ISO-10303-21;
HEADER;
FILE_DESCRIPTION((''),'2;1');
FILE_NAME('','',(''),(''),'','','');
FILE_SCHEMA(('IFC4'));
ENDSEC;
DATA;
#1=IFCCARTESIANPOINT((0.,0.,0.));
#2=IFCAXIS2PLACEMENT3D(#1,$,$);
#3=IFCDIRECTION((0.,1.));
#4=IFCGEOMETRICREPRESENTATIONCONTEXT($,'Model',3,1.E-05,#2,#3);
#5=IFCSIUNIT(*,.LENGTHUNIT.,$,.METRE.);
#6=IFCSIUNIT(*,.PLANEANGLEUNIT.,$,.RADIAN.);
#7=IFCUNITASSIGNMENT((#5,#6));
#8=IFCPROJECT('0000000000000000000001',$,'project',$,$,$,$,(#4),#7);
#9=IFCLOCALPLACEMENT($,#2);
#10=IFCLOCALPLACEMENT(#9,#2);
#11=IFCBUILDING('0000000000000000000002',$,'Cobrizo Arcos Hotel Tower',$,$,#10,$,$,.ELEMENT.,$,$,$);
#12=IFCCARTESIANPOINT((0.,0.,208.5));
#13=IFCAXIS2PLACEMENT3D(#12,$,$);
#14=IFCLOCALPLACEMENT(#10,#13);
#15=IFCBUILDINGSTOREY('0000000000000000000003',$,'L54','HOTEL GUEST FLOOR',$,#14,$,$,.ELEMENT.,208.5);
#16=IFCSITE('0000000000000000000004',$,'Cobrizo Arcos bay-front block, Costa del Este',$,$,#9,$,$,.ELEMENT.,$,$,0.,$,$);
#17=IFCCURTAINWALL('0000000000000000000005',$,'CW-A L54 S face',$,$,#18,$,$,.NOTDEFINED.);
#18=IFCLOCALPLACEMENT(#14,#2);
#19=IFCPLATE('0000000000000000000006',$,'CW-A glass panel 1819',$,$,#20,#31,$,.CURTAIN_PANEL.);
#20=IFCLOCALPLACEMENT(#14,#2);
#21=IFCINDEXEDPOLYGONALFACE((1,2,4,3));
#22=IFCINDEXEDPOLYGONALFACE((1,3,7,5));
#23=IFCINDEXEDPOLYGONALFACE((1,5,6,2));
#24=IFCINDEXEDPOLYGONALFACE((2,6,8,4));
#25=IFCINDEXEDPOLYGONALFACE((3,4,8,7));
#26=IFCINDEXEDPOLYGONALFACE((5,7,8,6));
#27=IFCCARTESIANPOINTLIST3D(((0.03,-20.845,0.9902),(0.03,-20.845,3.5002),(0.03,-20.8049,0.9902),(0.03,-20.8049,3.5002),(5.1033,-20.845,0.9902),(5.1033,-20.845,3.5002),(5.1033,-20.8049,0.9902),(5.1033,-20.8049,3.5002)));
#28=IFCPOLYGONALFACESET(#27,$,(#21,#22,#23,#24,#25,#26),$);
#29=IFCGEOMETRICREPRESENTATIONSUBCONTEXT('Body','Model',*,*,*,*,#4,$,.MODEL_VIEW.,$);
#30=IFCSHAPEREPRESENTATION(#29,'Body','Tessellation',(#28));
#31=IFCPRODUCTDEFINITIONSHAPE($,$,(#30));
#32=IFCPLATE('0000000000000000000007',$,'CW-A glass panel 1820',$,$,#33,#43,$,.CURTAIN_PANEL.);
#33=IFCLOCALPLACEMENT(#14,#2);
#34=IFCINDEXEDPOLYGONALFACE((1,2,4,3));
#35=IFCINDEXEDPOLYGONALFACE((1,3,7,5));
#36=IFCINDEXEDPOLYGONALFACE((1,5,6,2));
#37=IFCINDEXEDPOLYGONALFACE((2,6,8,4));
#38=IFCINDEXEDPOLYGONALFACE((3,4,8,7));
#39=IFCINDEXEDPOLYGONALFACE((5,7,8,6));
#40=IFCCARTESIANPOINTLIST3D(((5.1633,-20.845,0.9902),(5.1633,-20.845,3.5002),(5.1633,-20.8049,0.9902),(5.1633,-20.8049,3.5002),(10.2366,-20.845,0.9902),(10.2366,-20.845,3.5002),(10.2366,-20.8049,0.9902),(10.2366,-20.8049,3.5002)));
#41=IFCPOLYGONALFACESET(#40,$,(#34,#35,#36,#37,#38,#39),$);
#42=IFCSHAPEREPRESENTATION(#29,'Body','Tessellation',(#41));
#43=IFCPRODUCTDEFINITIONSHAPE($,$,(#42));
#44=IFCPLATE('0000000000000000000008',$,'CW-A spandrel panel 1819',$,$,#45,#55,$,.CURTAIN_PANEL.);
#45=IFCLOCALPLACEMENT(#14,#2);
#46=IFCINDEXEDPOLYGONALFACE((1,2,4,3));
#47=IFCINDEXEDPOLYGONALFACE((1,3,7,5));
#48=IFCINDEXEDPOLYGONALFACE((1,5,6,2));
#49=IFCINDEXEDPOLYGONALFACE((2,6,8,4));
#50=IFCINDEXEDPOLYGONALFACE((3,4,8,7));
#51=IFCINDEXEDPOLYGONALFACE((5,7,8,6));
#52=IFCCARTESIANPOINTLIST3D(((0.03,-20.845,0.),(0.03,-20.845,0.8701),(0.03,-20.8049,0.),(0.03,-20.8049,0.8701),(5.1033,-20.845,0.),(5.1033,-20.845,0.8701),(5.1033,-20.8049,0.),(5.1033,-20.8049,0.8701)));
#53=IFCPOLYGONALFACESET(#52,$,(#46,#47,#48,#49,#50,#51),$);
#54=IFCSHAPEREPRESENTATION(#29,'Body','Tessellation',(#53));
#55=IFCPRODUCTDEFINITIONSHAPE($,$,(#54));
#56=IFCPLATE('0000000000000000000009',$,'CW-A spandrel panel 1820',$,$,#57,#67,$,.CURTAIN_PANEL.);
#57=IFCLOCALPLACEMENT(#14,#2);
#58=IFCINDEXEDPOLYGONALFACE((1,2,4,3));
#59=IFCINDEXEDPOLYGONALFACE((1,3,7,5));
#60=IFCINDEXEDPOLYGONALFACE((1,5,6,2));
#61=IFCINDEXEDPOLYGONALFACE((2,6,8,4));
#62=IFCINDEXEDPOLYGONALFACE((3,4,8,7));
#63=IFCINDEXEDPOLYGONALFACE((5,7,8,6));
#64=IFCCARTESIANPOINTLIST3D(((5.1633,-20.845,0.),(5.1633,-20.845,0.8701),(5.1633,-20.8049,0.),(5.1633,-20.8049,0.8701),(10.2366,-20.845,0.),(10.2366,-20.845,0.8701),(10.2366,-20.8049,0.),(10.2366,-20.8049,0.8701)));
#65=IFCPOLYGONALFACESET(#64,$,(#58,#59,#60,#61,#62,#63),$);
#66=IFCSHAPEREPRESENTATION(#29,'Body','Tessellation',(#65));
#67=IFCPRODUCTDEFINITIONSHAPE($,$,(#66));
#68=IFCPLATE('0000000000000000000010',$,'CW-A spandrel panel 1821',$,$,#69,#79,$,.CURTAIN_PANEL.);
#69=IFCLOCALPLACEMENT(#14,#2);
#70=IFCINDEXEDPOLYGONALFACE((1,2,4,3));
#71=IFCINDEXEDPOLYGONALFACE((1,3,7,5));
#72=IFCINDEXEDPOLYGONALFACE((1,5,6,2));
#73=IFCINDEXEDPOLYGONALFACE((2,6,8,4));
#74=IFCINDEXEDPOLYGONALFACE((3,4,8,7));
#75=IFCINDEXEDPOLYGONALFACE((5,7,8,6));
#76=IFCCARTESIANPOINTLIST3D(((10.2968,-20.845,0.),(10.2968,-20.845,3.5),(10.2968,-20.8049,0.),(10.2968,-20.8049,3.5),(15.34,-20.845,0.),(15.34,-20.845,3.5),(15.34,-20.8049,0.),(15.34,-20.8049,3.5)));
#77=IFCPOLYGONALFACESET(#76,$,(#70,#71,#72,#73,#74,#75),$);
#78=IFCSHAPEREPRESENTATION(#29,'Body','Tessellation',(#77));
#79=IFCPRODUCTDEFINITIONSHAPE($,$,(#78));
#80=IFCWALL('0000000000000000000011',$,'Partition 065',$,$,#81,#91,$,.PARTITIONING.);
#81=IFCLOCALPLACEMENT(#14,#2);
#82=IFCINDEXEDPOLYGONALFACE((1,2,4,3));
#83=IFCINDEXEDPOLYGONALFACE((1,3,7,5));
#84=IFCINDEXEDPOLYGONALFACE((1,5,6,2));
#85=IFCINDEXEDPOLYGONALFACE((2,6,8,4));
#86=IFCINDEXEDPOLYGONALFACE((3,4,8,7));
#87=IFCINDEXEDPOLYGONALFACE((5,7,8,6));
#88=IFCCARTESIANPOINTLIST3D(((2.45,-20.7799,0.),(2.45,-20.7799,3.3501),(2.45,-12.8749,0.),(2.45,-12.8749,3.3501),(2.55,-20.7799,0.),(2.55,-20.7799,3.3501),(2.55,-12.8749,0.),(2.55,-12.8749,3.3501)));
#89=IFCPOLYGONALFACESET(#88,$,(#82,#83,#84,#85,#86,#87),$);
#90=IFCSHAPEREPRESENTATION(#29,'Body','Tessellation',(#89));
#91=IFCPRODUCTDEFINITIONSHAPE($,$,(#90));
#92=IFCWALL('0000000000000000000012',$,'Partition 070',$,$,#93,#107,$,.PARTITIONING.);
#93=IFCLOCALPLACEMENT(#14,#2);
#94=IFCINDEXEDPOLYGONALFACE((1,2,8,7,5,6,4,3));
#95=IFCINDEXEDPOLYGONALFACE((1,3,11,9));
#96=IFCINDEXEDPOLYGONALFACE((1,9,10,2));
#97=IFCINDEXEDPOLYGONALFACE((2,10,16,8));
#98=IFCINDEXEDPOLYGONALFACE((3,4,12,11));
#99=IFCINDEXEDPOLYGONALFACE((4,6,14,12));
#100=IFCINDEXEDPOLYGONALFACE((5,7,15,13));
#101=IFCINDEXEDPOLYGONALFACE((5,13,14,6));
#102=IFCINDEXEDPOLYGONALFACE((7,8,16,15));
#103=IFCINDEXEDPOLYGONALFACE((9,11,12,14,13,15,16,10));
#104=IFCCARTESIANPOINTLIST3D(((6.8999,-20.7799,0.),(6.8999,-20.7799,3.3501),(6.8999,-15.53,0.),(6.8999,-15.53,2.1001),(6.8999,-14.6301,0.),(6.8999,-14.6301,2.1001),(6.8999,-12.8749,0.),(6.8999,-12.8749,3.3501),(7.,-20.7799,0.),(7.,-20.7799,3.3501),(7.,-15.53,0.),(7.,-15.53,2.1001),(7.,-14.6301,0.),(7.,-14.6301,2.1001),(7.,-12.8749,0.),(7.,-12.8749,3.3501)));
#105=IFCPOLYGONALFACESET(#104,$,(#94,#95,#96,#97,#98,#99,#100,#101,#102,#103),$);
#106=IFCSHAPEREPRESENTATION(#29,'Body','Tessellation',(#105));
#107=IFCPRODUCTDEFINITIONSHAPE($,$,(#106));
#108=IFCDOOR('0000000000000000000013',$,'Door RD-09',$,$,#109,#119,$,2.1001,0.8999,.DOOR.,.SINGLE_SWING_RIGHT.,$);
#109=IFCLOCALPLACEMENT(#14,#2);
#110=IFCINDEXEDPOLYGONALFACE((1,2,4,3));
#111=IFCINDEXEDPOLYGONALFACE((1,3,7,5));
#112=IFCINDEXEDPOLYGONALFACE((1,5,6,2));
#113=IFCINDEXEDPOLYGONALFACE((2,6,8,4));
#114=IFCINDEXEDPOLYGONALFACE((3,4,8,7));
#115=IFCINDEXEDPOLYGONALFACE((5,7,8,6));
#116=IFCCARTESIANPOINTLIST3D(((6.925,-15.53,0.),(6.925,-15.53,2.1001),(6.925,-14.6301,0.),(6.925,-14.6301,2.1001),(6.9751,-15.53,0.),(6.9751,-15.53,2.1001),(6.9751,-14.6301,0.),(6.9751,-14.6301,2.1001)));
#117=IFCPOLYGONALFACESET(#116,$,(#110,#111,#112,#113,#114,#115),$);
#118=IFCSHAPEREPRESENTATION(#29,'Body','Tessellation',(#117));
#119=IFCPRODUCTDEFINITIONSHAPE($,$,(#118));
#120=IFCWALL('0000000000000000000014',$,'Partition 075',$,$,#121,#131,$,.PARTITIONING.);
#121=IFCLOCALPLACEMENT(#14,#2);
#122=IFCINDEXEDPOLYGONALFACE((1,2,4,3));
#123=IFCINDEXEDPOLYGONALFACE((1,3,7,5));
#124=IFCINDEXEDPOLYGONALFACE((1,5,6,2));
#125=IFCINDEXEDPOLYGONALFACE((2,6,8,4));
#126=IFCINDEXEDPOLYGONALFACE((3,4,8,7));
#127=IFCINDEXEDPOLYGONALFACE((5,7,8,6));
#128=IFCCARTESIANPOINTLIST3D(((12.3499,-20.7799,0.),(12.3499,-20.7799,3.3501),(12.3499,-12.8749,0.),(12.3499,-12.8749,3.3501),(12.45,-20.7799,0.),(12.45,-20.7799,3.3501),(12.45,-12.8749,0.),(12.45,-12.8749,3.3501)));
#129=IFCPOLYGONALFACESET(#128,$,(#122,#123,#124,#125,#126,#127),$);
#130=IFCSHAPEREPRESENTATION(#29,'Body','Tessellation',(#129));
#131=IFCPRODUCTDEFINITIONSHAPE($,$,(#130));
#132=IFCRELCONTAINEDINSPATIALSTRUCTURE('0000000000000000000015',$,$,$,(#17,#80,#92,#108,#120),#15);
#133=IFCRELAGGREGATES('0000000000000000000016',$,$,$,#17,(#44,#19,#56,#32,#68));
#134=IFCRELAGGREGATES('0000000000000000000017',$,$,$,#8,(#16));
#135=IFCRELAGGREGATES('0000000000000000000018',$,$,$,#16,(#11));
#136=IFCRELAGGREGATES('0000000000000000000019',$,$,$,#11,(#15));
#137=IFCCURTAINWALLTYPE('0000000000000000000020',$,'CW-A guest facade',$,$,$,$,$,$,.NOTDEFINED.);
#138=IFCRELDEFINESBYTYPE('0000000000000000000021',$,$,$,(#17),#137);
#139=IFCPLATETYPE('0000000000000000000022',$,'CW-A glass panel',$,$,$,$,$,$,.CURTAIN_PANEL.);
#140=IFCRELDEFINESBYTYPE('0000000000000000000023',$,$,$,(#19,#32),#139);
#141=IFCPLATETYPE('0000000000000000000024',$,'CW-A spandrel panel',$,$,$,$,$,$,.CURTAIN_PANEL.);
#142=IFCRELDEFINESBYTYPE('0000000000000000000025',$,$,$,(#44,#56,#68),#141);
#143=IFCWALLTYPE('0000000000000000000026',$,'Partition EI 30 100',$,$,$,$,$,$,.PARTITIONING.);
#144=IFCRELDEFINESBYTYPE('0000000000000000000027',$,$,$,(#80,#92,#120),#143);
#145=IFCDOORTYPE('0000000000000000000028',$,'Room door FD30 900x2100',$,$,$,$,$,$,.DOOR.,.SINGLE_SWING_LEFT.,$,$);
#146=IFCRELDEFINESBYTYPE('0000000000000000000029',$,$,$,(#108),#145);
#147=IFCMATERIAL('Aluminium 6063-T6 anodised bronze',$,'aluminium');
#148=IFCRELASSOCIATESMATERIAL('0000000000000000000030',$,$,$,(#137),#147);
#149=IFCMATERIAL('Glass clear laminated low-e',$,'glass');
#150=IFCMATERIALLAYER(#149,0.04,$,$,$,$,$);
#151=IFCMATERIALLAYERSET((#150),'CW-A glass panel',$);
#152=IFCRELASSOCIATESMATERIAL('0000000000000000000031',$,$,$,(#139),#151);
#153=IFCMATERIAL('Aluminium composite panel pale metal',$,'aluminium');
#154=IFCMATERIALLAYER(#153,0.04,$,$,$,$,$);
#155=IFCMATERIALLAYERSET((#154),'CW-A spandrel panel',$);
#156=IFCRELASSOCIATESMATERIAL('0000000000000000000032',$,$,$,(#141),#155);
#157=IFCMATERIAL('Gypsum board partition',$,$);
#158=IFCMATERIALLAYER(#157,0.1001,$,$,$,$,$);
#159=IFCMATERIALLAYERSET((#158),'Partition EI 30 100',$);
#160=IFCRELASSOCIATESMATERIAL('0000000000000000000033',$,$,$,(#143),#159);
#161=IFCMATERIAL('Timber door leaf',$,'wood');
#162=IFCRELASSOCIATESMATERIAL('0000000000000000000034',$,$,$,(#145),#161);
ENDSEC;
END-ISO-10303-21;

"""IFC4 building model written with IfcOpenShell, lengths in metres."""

from ifc_helpers import new_model, si_unit, direction, frame, frame_2d, origin, origin_2d, place, context, subcontext, project, spatial, rectangle, extrude, material, layer, layer_set, type_object, element, fill, aggregate, save


model = new_model("IFC4")

# Units and contexts
model_context = context("Model", 3, precision=1e-05, world=origin(), true_north=direction((0.0, 1.0)))
body_context = subcontext(model_context, "Body", "Model", "MODEL_VIEW")
ifc_project = project(units=[si_unit("LENGTHUNIT", "METRE"), si_unit("PLANEANGLEUNIT", "RADIAN")], contexts=[model_context])

# Site, building, storey
site_placement = place(None, origin())
site = spatial("IfcSite", under=ifc_project, at=site_placement, Name="Cobrizo Arcos bay-front block, Costa del Este", CompositionType="ELEMENT", RefElevation=0.0)
building_placement = place(site_placement, origin())
building = spatial("IfcBuilding", under=site, at=building_placement, Name="Cobrizo Arcos Hotel Tower", CompositionType="ELEMENT")
storey_placement = place(building_placement, frame((0.0, 0.0, 208.5)))
storey = spatial("IfcBuildingStorey", under=building, at=storey_placement, Name="L54", Description="HOTEL GUEST FLOOR", CompositionType="ELEMENT", Elevation=208.5)

# Curtain wall
ifc_material_1 = material(Name="Aluminium 6063-T6 anodised bronze", Category="aluminium")
curtain_wall_type = type_object("IfcCurtainWallType", Name="CW-A guest facade", PredefinedType="NOTDEFINED", material=ifc_material_1)
curtain_wall_placement = place(storey_placement, origin())
curtain_wall = element("IfcCurtainWall", 1, at=curtain_wall_placement, inside=storey, type_object=curtain_wall_type, Name="CW-A L54 S face", PredefinedType="NOTDEFINED")

# Plates
ifc_material_2 = material(Name="Glass clear laminated low-e", Category="glass")
ifc_layer_1 = layer(ifc_material_2, 0.04)
ifc_layer_set_1 = layer_set([ifc_layer_1], Name="CW-A glass panel")
plate_type_1 = type_object("IfcPlateType", Name="CW-A glass panel", PredefinedType="CURTAIN_PANEL", material=ifc_layer_set_1)
plate_1_placement = place(storey_placement, frame((2.5667, -20.825, 0.9902), z_axis=(0.0, 0.0, 1.0), x_axis=(1.0, 0.0, 0.0)))
plate_1 = element("IfcPlate", 2, at=plate_1_placement, type_object=plate_type_1, Name="CW-A glass panel 1819", PredefinedType="CURTAIN_PANEL", context=body_context, shape_type="SweptSolid", body=[
    extrude(rectangle(XDim=5.0732, YDim=0.04, at=origin_2d()), origin(), (0.0, 0.0, 1.0), 2.51),
])
plate_2_placement = place(storey_placement, frame((7.7, -20.825, 0.9902), z_axis=(0.0, 0.0, 1.0), x_axis=(1.0, 0.0, 0.0)))
plate_2 = element("IfcPlate", 3, at=plate_2_placement, type_object=plate_type_1, Name="CW-A glass panel 1820", PredefinedType="CURTAIN_PANEL", context=body_context, shape_type="SweptSolid", body=[
    extrude(rectangle(XDim=5.0732, YDim=0.04, at=origin_2d()), origin(), (0.0, 0.0, 1.0), 2.51),
])
ifc_material_3 = material(Name="Aluminium composite panel pale metal", Category="aluminium")
ifc_layer_2 = layer(ifc_material_3, 0.04)
ifc_layer_set_2 = layer_set([ifc_layer_2], Name="CW-A spandrel panel")
plate_type_2 = type_object("IfcPlateType", Name="CW-A spandrel panel", PredefinedType="CURTAIN_PANEL", material=ifc_layer_set_2)
plate_3_placement = place(storey_placement, frame((2.5667, -20.825, 0.0), z_axis=(0.0, 0.0, 1.0), x_axis=(1.0, 0.0, 0.0)))
plate_3 = element("IfcPlate", 4, at=plate_3_placement, type_object=plate_type_2, Name="CW-A spandrel panel 1819", PredefinedType="CURTAIN_PANEL", context=body_context, shape_type="SweptSolid", body=[
    extrude(rectangle(XDim=5.0732, YDim=0.04, at=origin_2d()), origin(), (0.0, 0.0, 1.0), 0.8701),
])
plate_4_placement = place(storey_placement, frame((7.7, -20.825, 0.0), z_axis=(0.0, 0.0, 1.0), x_axis=(1.0, 0.0, 0.0)))
plate_4 = element("IfcPlate", 5, at=plate_4_placement, type_object=plate_type_2, Name="CW-A spandrel panel 1820", PredefinedType="CURTAIN_PANEL", context=body_context, shape_type="SweptSolid", body=[
    extrude(rectangle(XDim=5.0732, YDim=0.04, at=origin_2d()), origin(), (0.0, 0.0, 1.0), 0.8701),
])
plate_5_placement = place(storey_placement, frame((12.8184, -20.825, 0.0), z_axis=(0.0, 0.0, 1.0), x_axis=(1.0, 0.0, 0.0)))
plate_5 = element("IfcPlate", 6, at=plate_5_placement, type_object=plate_type_2, Name="CW-A spandrel panel 1821", PredefinedType="CURTAIN_PANEL", context=body_context, shape_type="SweptSolid", body=[
    extrude(rectangle(XDim=5.0432, YDim=0.04, at=origin_2d()), origin(), (0.0, 0.0, 1.0), 3.5),
])
aggregate(curtain_wall, [plate_3, plate_1, plate_4, plate_2, plate_5])

# Wall
ifc_material_4 = material(Name="Gypsum board partition")
ifc_layer_3 = layer(ifc_material_4, 0.1001)
ifc_layer_set_3 = layer_set([ifc_layer_3], Name="Partition EI 30 100")
wall_type = type_object("IfcWallType", Name="Partition EI 30 100", PredefinedType="PARTITIONING", material=ifc_layer_set_3)
wall_1_placement = place(storey_placement, frame((2.5, -20.78, 0.0), z_axis=(0.0, 0.0, 1.0), x_axis=(0.0, 1.0, 0.0)))
element("IfcWall", 7, at=wall_1_placement, inside=storey, type_object=wall_type, Name="Partition 065", PredefinedType="PARTITIONING", context=body_context, shape_type="SweptSolid", body=[
    extrude(rectangle(XDim=7.905, YDim=0.1001, at=frame_2d((3.9526, 0.0))), origin(), (0.0, 0.0, 1.0), 3.3501),
])

# Wall, opening, door
wall_2_placement = place(storey_placement, frame((6.95, -20.78, 0.0), z_axis=(0.0, 0.0, 1.0), x_axis=(0.0, 1.0, 0.0)))
wall_2 = element("IfcWall", 8, at=wall_2_placement, inside=storey, type_object=wall_type, Name="Partition 070", PredefinedType="PARTITIONING", context=body_context, shape_type="SweptSolid", body=[
    extrude(rectangle(XDim=7.905, YDim=0.1001, at=frame_2d((3.9526, 0.0))), origin(), (0.0, 0.0, 1.0), 3.3501),
])
opening_placement = place(wall_2_placement, frame((5.25, 0.0, 0.0)))
opening = element("IfcOpeningElement", 9, at=opening_placement, cuts=wall_2, PredefinedType="OPENING", context=body_context, shape_type="SweptSolid", body=[
    extrude(rectangle(XDim=0.8999, YDim=2.1001, at=frame_2d((0.45, 1.05))), frame((0.0, 0.062, 0.0), z_axis=(0.0, -1.0, 0.0), x_axis=(1.0, 0.0, 0.0)), (0.0, 0.0, 1.0), 0.124),
])
ifc_material_5 = material(Name="Timber door leaf", Category="wood")
door_type = type_object("IfcDoorType", Name="Room door FD30 900x2100", OperationType="SINGLE_SWING_LEFT", PredefinedType="DOOR", material=ifc_material_5)
door_placement = place(opening_placement, origin())
door = element("IfcDoor", 10, at=door_placement, inside=storey, type_object=door_type, Name="Door RD-09", OperationType="SINGLE_SWING_RIGHT", OverallHeight=2.1001, OverallWidth=0.8999, PredefinedType="DOOR", context=body_context, shape_type="SweptSolid", body=[
    extrude(rectangle(XDim=0.8999, YDim=2.1001, at=frame_2d((0.45, 1.05))), frame((0.0, 0.0249, 0.0), z_axis=(0.0, -1.0, 0.0), x_axis=(1.0, 0.0, 0.0)), (0.0, 0.0, 1.0), 0.05),
])
fill(opening, door)

# Wall
wall_3_placement = place(storey_placement, frame((12.3999, -20.78, 0.0), z_axis=(0.0, 0.0, 1.0), x_axis=(0.0, 1.0, 0.0)))
element("IfcWall", 11, at=wall_3_placement, inside=storey, type_object=wall_type, Name="Partition 075", PredefinedType="PARTITIONING", context=body_context, shape_type="SweptSolid", body=[
    extrude(rectangle(XDim=7.905, YDim=0.1001, at=frame_2d((3.9526, 0.0))), origin(), (0.0, 0.0, 1.0), 3.3501),
])

save(model, "model.ifc")
